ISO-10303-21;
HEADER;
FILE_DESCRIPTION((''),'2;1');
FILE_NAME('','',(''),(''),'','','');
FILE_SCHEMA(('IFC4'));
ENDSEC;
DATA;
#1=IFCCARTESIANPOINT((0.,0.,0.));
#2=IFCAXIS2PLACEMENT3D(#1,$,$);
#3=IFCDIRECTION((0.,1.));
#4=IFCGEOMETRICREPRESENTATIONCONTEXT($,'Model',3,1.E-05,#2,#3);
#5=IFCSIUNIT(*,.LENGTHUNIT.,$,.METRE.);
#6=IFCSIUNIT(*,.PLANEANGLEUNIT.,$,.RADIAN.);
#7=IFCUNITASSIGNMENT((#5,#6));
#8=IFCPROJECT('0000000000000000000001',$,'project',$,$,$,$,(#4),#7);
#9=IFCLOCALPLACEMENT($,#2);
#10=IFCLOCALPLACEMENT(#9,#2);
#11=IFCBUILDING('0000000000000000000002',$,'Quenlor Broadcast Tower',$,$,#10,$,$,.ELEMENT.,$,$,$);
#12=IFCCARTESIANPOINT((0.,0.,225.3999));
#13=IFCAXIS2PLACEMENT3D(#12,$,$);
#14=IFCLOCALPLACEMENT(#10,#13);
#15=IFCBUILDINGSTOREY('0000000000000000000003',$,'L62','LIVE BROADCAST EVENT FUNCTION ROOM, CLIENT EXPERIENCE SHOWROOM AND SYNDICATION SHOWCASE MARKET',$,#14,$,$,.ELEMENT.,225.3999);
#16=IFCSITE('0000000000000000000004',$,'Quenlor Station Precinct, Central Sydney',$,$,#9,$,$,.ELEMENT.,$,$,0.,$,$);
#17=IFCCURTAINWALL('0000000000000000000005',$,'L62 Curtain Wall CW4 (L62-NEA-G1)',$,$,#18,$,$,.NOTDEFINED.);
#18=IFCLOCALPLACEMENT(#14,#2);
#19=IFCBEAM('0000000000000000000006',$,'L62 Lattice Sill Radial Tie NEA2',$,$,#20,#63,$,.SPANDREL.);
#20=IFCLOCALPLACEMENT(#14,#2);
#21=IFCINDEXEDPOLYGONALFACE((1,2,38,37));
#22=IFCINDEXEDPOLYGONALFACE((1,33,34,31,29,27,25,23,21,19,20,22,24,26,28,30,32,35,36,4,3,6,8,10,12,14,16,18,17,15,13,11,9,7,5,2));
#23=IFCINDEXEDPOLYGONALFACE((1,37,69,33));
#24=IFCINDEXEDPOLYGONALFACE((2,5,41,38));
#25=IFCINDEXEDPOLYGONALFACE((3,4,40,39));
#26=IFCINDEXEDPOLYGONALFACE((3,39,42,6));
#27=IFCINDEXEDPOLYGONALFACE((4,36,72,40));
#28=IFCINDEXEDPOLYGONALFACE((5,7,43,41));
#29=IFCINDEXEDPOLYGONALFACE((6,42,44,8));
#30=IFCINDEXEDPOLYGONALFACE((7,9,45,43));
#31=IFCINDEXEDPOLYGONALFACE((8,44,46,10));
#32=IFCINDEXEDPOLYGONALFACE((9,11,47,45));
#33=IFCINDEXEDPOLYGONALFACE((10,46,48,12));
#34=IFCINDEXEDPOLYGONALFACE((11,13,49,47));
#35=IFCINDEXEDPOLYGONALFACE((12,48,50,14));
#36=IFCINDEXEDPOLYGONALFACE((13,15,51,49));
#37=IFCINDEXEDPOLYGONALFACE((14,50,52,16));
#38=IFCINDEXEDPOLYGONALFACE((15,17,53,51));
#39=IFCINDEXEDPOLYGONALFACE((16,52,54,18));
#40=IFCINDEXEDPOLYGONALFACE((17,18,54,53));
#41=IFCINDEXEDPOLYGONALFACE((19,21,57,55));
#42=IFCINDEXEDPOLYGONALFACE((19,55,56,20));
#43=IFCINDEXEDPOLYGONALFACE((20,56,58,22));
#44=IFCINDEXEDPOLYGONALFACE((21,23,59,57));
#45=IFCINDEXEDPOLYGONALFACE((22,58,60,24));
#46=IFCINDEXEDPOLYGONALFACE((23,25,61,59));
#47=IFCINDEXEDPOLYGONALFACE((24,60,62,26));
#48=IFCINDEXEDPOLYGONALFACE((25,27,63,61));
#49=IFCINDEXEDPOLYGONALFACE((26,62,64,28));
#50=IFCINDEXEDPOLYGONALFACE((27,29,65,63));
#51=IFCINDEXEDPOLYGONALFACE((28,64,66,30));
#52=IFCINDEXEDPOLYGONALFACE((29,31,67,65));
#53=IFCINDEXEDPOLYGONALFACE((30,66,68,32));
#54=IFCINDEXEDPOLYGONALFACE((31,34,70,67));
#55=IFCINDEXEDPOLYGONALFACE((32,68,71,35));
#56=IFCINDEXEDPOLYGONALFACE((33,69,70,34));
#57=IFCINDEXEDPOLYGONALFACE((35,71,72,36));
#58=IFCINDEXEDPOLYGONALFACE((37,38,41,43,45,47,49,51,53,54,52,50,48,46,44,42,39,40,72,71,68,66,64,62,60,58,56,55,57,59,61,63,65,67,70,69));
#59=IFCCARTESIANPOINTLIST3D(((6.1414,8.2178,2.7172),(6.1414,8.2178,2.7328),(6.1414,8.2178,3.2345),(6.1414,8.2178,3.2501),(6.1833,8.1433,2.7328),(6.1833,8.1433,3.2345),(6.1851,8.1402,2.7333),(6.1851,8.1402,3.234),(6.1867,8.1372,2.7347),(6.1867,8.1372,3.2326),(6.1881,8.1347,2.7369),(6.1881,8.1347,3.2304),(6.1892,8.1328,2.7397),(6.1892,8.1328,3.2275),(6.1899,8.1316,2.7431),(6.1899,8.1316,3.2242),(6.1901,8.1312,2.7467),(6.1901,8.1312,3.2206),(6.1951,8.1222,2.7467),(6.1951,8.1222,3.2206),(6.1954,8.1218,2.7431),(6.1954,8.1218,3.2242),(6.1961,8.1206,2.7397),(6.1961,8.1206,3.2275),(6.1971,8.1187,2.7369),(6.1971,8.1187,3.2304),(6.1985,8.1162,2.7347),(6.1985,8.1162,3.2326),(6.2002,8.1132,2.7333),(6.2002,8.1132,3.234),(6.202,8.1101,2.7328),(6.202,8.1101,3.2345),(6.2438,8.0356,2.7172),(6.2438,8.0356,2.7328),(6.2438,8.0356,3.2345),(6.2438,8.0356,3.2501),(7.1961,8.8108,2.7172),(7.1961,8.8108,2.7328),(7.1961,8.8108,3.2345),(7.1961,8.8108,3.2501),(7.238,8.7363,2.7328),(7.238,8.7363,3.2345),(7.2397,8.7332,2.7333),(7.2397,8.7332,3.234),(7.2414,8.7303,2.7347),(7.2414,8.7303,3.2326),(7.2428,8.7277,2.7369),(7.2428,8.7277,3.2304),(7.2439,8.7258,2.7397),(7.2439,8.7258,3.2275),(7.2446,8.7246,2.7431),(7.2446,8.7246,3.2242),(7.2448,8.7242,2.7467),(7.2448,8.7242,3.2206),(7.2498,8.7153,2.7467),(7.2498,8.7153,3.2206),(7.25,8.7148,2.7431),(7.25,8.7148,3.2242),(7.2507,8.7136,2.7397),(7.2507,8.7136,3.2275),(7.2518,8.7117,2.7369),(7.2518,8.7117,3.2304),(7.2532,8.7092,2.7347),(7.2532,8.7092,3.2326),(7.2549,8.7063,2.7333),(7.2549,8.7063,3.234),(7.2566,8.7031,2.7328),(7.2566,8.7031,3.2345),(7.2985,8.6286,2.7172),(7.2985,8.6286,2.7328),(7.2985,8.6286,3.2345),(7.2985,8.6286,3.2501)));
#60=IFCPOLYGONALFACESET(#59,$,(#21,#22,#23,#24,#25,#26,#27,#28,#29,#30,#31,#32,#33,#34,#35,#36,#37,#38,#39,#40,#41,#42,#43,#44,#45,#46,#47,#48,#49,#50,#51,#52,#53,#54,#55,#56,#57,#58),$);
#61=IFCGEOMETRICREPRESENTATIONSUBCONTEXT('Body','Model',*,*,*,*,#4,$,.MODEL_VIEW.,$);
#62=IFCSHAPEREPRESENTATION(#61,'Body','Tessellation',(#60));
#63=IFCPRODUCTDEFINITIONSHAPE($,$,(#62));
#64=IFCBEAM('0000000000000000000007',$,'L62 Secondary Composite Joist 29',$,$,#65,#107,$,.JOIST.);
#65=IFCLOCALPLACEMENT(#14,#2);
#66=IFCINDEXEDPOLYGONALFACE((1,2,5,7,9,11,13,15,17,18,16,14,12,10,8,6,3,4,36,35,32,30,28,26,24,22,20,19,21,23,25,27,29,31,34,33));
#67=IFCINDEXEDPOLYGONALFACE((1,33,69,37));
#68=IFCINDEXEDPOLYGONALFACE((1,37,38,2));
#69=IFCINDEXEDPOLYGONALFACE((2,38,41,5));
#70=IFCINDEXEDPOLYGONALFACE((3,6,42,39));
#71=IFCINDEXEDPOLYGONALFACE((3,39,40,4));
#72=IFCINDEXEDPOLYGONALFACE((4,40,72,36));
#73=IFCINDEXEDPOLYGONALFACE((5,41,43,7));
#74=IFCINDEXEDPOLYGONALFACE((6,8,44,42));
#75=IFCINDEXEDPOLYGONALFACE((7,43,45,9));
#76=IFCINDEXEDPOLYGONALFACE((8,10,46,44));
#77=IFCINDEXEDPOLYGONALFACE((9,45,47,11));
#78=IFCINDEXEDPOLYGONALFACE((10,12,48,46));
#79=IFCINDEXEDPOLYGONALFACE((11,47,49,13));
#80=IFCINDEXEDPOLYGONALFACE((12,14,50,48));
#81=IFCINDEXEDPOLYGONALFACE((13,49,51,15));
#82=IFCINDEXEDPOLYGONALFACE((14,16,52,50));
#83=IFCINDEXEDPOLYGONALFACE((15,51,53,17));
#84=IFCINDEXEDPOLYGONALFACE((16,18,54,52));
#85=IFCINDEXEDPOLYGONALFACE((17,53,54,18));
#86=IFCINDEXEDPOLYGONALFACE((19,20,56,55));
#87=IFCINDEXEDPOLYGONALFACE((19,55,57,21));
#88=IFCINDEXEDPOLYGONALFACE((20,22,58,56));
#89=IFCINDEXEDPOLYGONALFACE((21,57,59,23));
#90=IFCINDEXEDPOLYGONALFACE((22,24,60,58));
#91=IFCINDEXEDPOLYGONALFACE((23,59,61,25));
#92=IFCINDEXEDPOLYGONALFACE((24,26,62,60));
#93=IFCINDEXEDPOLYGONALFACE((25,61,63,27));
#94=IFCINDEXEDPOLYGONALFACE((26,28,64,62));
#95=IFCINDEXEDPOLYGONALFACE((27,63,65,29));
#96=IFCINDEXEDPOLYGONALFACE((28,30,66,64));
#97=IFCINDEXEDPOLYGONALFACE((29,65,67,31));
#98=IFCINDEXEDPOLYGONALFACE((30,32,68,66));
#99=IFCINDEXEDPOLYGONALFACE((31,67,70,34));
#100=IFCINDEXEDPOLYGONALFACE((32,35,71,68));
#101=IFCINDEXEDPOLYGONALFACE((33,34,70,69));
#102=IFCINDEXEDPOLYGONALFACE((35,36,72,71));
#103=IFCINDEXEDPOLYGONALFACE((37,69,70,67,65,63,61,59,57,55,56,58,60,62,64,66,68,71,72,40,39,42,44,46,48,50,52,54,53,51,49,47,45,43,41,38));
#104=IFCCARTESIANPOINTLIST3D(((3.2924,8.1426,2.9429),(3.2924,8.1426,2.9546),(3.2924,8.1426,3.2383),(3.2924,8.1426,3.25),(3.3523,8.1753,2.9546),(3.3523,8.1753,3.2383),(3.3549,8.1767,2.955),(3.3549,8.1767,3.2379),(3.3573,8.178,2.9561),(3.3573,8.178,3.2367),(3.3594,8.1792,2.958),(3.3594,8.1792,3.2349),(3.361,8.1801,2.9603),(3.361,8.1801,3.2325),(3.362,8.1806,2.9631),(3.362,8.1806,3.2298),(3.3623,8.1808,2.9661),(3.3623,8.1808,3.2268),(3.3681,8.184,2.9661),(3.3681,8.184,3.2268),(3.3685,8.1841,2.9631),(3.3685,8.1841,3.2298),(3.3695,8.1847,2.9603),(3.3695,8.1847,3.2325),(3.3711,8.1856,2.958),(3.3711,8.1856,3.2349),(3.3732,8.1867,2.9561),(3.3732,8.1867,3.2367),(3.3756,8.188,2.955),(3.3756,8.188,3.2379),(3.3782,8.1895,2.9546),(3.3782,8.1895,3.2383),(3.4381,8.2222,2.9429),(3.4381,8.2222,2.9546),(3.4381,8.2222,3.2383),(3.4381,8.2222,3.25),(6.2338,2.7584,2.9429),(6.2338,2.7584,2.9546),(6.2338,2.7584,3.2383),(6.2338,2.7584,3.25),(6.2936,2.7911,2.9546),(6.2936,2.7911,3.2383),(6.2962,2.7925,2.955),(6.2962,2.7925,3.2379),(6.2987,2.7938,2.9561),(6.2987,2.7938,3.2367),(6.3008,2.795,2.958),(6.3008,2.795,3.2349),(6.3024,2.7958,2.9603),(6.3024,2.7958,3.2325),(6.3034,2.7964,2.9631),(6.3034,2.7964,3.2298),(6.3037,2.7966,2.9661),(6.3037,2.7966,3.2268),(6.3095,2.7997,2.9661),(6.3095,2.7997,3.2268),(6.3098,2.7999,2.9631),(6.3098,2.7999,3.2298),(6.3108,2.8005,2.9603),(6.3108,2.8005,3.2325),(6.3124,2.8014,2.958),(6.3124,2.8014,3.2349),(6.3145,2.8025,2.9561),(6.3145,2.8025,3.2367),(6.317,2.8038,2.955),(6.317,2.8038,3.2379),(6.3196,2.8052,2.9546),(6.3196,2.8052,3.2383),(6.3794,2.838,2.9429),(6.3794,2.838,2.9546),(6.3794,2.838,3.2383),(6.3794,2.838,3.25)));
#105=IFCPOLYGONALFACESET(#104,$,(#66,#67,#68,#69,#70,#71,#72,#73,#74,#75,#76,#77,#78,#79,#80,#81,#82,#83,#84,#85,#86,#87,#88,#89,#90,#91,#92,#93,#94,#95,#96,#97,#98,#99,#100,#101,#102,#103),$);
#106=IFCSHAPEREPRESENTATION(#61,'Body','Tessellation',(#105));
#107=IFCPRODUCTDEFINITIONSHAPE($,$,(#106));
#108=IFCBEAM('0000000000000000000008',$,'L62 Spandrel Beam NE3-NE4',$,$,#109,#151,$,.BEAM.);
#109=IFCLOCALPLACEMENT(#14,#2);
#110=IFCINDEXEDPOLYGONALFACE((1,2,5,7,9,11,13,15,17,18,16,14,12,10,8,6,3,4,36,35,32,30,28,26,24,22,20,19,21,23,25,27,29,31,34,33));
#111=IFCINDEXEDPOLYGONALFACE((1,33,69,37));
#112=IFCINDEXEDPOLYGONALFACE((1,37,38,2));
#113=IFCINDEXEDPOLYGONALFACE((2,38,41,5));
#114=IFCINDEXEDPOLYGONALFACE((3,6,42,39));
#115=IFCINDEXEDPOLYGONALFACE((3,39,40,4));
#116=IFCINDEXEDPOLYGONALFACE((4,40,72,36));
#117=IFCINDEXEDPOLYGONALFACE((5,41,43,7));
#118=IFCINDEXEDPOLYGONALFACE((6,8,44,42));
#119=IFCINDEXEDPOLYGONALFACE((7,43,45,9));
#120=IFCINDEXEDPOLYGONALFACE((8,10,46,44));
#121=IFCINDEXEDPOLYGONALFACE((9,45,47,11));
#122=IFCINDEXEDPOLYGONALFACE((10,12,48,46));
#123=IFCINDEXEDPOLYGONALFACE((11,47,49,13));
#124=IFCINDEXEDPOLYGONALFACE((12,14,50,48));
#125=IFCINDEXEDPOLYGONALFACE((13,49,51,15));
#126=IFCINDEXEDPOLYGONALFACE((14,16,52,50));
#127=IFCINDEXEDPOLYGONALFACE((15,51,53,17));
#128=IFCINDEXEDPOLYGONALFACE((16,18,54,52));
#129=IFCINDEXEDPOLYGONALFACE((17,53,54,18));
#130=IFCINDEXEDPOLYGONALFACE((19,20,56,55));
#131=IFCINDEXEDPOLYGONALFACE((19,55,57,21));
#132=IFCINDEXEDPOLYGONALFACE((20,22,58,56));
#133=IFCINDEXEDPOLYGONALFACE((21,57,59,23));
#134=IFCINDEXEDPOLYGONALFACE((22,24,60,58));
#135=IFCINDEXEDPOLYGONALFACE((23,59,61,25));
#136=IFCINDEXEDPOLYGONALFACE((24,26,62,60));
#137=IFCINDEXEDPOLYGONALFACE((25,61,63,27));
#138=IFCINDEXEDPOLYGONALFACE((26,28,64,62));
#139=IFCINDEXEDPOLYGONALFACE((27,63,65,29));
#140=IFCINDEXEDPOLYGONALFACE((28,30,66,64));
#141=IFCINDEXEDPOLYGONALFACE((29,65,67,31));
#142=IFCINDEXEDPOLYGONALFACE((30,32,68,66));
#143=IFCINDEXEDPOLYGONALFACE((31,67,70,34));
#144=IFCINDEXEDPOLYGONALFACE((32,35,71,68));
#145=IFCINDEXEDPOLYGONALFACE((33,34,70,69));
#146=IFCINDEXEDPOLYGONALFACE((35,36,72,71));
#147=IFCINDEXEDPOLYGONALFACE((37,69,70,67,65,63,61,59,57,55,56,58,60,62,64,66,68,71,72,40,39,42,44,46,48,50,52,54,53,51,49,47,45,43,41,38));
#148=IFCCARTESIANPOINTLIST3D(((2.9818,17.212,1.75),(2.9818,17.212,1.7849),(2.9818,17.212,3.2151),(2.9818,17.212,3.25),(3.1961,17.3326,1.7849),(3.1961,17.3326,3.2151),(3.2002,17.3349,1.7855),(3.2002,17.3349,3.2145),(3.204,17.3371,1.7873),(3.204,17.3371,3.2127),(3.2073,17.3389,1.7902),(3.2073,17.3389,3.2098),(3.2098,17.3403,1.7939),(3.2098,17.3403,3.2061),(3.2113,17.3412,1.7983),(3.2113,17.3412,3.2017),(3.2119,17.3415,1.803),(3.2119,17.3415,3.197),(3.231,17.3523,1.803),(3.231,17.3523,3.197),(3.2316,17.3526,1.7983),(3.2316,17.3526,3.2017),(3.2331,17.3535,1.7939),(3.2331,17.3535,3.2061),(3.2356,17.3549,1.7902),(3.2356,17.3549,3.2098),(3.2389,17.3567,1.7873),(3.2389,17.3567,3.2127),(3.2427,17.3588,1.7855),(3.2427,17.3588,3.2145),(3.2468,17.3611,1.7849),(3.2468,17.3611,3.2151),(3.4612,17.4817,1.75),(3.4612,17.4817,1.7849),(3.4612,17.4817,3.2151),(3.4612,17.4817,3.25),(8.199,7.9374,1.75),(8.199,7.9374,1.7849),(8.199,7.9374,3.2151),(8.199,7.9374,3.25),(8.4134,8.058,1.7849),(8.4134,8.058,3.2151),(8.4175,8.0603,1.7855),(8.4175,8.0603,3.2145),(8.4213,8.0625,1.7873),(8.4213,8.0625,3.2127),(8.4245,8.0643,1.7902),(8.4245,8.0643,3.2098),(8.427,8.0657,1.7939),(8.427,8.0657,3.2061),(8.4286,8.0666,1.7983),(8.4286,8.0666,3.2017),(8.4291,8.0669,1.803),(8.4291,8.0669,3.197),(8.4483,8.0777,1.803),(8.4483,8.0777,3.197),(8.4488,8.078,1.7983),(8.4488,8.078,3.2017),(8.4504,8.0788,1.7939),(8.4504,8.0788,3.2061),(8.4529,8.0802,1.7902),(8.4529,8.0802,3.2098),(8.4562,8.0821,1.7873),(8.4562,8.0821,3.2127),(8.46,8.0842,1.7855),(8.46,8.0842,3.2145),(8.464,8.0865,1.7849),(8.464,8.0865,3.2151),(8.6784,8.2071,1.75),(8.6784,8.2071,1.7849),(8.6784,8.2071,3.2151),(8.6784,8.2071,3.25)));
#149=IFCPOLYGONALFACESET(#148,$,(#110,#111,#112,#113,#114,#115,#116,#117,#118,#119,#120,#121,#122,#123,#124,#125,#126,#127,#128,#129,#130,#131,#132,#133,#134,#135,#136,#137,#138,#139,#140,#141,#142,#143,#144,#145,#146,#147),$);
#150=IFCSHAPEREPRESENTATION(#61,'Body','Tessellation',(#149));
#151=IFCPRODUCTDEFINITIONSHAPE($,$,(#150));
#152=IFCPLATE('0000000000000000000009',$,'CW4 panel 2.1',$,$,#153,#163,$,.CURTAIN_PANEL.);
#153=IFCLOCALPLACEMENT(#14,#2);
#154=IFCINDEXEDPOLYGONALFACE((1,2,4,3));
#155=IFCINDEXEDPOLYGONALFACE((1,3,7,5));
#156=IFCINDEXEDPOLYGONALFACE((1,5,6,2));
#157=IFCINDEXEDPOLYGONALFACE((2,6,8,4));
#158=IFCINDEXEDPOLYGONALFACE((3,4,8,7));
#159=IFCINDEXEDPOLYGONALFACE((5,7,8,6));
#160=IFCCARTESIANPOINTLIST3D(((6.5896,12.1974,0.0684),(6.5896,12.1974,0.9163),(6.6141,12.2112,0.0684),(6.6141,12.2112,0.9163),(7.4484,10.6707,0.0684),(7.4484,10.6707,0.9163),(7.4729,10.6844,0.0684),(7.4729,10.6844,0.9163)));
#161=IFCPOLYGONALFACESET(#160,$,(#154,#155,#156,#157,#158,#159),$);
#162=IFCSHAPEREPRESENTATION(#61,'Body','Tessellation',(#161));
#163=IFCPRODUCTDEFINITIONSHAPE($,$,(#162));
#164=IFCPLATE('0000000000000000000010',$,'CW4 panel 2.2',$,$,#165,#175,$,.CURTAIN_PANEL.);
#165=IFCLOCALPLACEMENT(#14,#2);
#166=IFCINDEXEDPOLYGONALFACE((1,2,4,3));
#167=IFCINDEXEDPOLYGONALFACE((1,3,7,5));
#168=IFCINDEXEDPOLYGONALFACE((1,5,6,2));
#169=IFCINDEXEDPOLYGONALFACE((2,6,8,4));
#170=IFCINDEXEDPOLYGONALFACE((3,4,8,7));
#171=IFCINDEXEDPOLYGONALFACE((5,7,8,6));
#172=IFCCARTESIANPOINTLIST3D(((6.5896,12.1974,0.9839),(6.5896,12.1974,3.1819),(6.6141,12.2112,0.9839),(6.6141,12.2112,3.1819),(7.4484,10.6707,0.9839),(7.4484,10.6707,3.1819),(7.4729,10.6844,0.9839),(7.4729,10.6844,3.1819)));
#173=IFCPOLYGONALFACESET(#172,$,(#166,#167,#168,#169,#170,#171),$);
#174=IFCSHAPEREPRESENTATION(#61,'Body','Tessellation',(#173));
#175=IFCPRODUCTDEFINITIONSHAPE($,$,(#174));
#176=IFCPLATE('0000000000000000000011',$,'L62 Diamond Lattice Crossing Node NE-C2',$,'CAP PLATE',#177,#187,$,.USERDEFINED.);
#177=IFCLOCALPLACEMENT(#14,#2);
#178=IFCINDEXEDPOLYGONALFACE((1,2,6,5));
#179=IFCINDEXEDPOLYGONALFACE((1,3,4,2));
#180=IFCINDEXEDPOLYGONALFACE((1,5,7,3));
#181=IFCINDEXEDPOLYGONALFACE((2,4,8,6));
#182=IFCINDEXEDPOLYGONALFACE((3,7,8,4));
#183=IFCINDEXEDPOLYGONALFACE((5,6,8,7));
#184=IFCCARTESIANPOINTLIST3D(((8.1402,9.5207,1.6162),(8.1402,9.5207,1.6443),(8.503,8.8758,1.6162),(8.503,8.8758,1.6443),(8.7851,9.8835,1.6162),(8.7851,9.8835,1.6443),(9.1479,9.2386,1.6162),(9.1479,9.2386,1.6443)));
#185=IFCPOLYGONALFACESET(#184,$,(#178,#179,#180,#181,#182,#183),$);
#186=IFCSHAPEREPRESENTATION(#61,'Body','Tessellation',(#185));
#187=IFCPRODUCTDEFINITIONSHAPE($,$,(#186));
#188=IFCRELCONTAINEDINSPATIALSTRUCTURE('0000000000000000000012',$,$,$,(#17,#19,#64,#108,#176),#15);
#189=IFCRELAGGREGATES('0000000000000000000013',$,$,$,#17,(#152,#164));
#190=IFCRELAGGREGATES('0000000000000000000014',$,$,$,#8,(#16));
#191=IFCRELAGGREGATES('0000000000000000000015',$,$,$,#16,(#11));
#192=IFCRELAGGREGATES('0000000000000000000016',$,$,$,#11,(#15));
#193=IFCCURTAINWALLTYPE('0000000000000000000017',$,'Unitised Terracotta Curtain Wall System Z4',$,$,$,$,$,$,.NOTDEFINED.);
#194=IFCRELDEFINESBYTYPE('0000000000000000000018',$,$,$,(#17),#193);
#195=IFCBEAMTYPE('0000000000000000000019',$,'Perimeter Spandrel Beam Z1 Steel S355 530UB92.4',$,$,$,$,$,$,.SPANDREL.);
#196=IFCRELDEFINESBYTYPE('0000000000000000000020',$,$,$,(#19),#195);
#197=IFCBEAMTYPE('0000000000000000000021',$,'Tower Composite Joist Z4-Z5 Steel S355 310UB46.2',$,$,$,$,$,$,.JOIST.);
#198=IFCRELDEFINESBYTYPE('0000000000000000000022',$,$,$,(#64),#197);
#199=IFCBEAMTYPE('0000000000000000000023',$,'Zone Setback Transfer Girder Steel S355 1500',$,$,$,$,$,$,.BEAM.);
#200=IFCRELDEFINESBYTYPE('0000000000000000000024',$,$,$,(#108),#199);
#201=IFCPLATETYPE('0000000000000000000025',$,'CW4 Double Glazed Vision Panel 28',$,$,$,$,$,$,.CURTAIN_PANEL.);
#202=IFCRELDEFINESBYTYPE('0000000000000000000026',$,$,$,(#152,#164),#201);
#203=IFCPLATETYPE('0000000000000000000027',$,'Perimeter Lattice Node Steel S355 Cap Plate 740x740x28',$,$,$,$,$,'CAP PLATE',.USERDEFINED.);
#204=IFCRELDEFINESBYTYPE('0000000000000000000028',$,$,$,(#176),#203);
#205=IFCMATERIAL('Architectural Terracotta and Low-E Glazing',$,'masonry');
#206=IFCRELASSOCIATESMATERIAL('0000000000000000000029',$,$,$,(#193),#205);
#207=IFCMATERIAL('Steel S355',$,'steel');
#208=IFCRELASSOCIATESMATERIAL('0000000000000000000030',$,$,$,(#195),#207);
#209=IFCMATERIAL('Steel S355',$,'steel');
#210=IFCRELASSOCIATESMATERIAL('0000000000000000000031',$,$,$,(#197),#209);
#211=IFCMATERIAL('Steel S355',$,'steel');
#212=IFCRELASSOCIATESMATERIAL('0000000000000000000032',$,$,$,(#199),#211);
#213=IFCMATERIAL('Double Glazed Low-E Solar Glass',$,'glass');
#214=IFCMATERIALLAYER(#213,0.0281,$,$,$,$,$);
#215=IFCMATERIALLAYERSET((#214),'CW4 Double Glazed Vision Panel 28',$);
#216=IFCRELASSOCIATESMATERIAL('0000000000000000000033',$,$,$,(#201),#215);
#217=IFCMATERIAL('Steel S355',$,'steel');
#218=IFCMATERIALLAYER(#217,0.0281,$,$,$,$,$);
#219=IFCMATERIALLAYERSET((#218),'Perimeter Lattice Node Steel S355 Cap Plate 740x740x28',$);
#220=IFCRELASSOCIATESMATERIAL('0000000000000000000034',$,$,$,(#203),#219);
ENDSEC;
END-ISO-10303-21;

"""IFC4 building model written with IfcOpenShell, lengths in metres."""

from ifc_helpers import new_model, si_unit, direction, frame, origin, origin_2d, place, context, subcontext, project, spatial, rectangle, i_section, extrude, material, layer, layer_set, material_profile, profile_set, type_object, element, aggregate, save


model = new_model("IFC4")

# Units and contexts
model_context = context("Model", 3, precision=1e-05, world=origin(), true_north=direction((0.0, 1.0)))
body_context = subcontext(model_context, "Body", "Model", "MODEL_VIEW")
ifc_project = project(units=[si_unit("LENGTHUNIT", "METRE"), si_unit("PLANEANGLEUNIT", "RADIAN")], contexts=[model_context])

# Site, building, storey
site_placement = place(None, origin())
site = spatial("IfcSite", under=ifc_project, at=site_placement, Name="Quenlor Station Precinct, Central Sydney", CompositionType="ELEMENT", RefElevation=0.0)
building_placement = place(site_placement, origin())
building = spatial("IfcBuilding", under=site, at=building_placement, Name="Quenlor Broadcast Tower", CompositionType="ELEMENT")
storey_placement = place(building_placement, frame((0.0, 0.0, 225.3999)))
storey = spatial("IfcBuildingStorey", under=building, at=storey_placement, Name="L62", Description="LIVE BROADCAST EVENT FUNCTION ROOM, CLIENT EXPERIENCE SHOWROOM AND SYNDICATION SHOWCASE MARKET", CompositionType="ELEMENT", Elevation=225.3999)

# Curtain wall
ifc_material_1 = material(Name="Architectural Terracotta and Low-E Glazing", Category="masonry")
curtain_wall_type = type_object("IfcCurtainWallType", Name="Unitised Terracotta Curtain Wall System Z4", PredefinedType="NOTDEFINED", material=ifc_material_1)
curtain_wall_1_placement = place(storey_placement, origin())
curtain_wall_1 = element("IfcCurtainWall", 1, at=curtain_wall_1_placement, inside=storey, type_object=curtain_wall_type, Name="L62 Curtain Wall CW4 (L62-NEA-G1)", PredefinedType="NOTDEFINED")

# Beams
ifc_material_2 = material(Name="Steel S355", Category="steel")
ifc_material_profile_1 = material_profile(ifc_material_2, i_section(OverallWidth=0.209, OverallDepth=0.533, WebThickness=0.0103, FlangeThickness=0.0156, FilletRadius=0.0139, at=origin_2d()))
ifc_profile_set_1 = profile_set([ifc_material_profile_1], Name="Steel S355 530UB92.4")
beam_type_1 = type_object("IfcBeamType", Name="Perimeter Spandrel Beam Z1 Steel S355 530UB92.4", PredefinedType="SPANDREL", material=ifc_profile_set_1)
beam_1_placement = place(storey_placement, frame((6.1926, 8.1267, 2.9836), z_axis=(0.871662, 0.490108, 0.0), x_axis=(-0.490108, 0.871662, 0.0)))
element("IfcBeam", 2, at=beam_1_placement, inside=storey, type_object=beam_type_1, Name="L62 Lattice Sill Radial Tie NEA2", PredefinedType="SPANDREL", context=body_context, shape_type="SweptSolid", body=[
    extrude(i_section(OverallWidth=0.209, OverallDepth=0.533, WebThickness=0.0103, FlangeThickness=0.0156, FilletRadius=0.0139, at=origin_2d()), origin(), (0.0, 0.0, 1.0), 1.21),
])
ifc_material_3 = material(Name="Steel S355", Category="steel")
ifc_material_profile_2 = material_profile(ifc_material_3, i_section(OverallWidth=0.166, OverallDepth=0.3071, WebThickness=0.0066, FlangeThickness=0.0117, FilletRadius=0.0115, at=origin_2d()))
ifc_profile_set_2 = profile_set([ifc_material_profile_2], Name="Steel S355 310UB46.2")
beam_type_2 = type_object("IfcBeamType", Name="Tower Composite Joist Z4-Z5 Steel S355 310UB46.2", PredefinedType="JOIST", material=ifc_profile_set_2)
beam_2_placement = place(storey_placement, frame((3.3652, 8.1824, 3.0964), z_axis=(0.479421, -0.877585, 0.0), x_axis=(0.877585, 0.479421, 0.0)))
element("IfcBeam", 3, at=beam_2_placement, inside=storey, type_object=beam_type_2, Name="L62 Secondary Composite Joist 29", PredefinedType="JOIST", context=body_context, shape_type="SweptSolid", body=[
    extrude(i_section(OverallWidth=0.166, OverallDepth=0.3071, WebThickness=0.0066, FlangeThickness=0.0117, FilletRadius=0.0115, at=origin_2d()), origin(), (0.0, 0.0, 1.0), 6.1353),
])
ifc_material_4 = material(Name="Steel S355", Category="steel")
ifc_material_profile_3 = material_profile(ifc_material_4, i_section(OverallWidth=0.55, OverallDepth=1.5, WebThickness=0.022, FlangeThickness=0.0349, FilletRadius=0.0181, at=origin_2d()))
ifc_profile_set_3 = profile_set([ifc_material_profile_3], Name="Steel S355 1500TG510")
beam_type_3 = type_object("IfcBeamType", Name="Zone Setback Transfer Girder Steel S355 1500", PredefinedType="BEAM", material=ifc_profile_set_3)
beam_3_placement = place(storey_placement, frame((8.4387, 8.0723, 2.5), z_axis=(-0.490282, 0.871564, 0.0), x_axis=(-0.871564, -0.490282, 0.0)))
element("IfcBeam", 4, at=beam_3_placement, inside=storey, type_object=beam_type_3, Name="L62 Spandrel Beam NE3-NE4", PredefinedType="BEAM", context=body_context, shape_type="SweptSolid", body=[
    extrude(i_section(OverallWidth=0.55, OverallDepth=1.5, WebThickness=0.022, FlangeThickness=0.0349, FilletRadius=0.0181, at=origin_2d()), origin(), (0.0, 0.0, 1.0), 10.6414),
])

# Plates
ifc_material_5 = material(Name="Double Glazed Low-E Solar Glass", Category="glass")
ifc_layer_1 = layer(ifc_material_5, 0.0281)
ifc_layer_set_1 = layer_set([ifc_layer_1], Name="CW4 Double Glazed Vision Panel 28")
plate_type_1 = type_object("IfcPlateType", Name="CW4 Double Glazed Vision Panel 28", PredefinedType="CURTAIN_PANEL", material=ifc_layer_set_1)
plate_1_placement = place(storey_placement, frame((7.0312, 11.4409, 0.0684), z_axis=(0.0, 0.0, 1.0), x_axis=(0.49026, -0.871576, 0.0)))
plate_1 = element("IfcPlate", 5, at=plate_1_placement, type_object=plate_type_1, Name="CW4 panel 2.1", PredefinedType="CURTAIN_PANEL", context=body_context, shape_type="SweptSolid", body=[
    extrude(rectangle(XDim=1.7517, YDim=0.0281, at=origin_2d()), origin(), (0.0, 0.0, 1.0), 0.8479),
])
plate_2_placement = place(storey_placement, frame((7.0312, 11.4409, 0.9839), z_axis=(0.0, 0.0, 1.0), x_axis=(0.49026, -0.871576, 0.0)))
plate_2 = element("IfcPlate", 6, at=plate_2_placement, type_object=plate_type_1, Name="CW4 panel 2.2", PredefinedType="CURTAIN_PANEL", context=body_context, shape_type="SweptSolid", body=[
    extrude(rectangle(XDim=1.7517, YDim=0.0281, at=origin_2d()), origin(), (0.0, 0.0, 1.0), 2.198),
])
aggregate(curtain_wall_1, [plate_1, plate_2])

# Plate
ifc_material_6 = material(Name="Steel S355", Category="steel")
ifc_layer_2 = layer(ifc_material_6, 0.0281)
ifc_layer_set_2 = layer_set([ifc_layer_2], Name="Perimeter Lattice Node Steel S355 Cap Plate 740x740x28")
plate_type_2 = type_object("IfcPlateType", Name="Perimeter Lattice Node Steel S355 Cap Plate 740x740x28", ElementType="CAP PLATE", PredefinedType="USERDEFINED", material=ifc_layer_set_2)
plate_3_placement = place(storey_placement, frame((8.644, 9.3796, 1.6162), z_axis=(0.0, 0.0, 1.0), x_axis=(0.490295, -0.871556, 0.0)))
element("IfcPlate", 7, at=plate_3_placement, inside=storey, type_object=plate_type_2, Name="L62 Diamond Lattice Crossing Node NE-C2", ObjectType="CAP PLATE", PredefinedType="USERDEFINED", context=body_context, shape_type="SweptSolid", body=[
    extrude(rectangle(XDim=0.74, YDim=0.74, at=origin_2d()), origin(), (0.0, 0.0, 1.0), 0.0281),
])

save(model, "model.ifc")
